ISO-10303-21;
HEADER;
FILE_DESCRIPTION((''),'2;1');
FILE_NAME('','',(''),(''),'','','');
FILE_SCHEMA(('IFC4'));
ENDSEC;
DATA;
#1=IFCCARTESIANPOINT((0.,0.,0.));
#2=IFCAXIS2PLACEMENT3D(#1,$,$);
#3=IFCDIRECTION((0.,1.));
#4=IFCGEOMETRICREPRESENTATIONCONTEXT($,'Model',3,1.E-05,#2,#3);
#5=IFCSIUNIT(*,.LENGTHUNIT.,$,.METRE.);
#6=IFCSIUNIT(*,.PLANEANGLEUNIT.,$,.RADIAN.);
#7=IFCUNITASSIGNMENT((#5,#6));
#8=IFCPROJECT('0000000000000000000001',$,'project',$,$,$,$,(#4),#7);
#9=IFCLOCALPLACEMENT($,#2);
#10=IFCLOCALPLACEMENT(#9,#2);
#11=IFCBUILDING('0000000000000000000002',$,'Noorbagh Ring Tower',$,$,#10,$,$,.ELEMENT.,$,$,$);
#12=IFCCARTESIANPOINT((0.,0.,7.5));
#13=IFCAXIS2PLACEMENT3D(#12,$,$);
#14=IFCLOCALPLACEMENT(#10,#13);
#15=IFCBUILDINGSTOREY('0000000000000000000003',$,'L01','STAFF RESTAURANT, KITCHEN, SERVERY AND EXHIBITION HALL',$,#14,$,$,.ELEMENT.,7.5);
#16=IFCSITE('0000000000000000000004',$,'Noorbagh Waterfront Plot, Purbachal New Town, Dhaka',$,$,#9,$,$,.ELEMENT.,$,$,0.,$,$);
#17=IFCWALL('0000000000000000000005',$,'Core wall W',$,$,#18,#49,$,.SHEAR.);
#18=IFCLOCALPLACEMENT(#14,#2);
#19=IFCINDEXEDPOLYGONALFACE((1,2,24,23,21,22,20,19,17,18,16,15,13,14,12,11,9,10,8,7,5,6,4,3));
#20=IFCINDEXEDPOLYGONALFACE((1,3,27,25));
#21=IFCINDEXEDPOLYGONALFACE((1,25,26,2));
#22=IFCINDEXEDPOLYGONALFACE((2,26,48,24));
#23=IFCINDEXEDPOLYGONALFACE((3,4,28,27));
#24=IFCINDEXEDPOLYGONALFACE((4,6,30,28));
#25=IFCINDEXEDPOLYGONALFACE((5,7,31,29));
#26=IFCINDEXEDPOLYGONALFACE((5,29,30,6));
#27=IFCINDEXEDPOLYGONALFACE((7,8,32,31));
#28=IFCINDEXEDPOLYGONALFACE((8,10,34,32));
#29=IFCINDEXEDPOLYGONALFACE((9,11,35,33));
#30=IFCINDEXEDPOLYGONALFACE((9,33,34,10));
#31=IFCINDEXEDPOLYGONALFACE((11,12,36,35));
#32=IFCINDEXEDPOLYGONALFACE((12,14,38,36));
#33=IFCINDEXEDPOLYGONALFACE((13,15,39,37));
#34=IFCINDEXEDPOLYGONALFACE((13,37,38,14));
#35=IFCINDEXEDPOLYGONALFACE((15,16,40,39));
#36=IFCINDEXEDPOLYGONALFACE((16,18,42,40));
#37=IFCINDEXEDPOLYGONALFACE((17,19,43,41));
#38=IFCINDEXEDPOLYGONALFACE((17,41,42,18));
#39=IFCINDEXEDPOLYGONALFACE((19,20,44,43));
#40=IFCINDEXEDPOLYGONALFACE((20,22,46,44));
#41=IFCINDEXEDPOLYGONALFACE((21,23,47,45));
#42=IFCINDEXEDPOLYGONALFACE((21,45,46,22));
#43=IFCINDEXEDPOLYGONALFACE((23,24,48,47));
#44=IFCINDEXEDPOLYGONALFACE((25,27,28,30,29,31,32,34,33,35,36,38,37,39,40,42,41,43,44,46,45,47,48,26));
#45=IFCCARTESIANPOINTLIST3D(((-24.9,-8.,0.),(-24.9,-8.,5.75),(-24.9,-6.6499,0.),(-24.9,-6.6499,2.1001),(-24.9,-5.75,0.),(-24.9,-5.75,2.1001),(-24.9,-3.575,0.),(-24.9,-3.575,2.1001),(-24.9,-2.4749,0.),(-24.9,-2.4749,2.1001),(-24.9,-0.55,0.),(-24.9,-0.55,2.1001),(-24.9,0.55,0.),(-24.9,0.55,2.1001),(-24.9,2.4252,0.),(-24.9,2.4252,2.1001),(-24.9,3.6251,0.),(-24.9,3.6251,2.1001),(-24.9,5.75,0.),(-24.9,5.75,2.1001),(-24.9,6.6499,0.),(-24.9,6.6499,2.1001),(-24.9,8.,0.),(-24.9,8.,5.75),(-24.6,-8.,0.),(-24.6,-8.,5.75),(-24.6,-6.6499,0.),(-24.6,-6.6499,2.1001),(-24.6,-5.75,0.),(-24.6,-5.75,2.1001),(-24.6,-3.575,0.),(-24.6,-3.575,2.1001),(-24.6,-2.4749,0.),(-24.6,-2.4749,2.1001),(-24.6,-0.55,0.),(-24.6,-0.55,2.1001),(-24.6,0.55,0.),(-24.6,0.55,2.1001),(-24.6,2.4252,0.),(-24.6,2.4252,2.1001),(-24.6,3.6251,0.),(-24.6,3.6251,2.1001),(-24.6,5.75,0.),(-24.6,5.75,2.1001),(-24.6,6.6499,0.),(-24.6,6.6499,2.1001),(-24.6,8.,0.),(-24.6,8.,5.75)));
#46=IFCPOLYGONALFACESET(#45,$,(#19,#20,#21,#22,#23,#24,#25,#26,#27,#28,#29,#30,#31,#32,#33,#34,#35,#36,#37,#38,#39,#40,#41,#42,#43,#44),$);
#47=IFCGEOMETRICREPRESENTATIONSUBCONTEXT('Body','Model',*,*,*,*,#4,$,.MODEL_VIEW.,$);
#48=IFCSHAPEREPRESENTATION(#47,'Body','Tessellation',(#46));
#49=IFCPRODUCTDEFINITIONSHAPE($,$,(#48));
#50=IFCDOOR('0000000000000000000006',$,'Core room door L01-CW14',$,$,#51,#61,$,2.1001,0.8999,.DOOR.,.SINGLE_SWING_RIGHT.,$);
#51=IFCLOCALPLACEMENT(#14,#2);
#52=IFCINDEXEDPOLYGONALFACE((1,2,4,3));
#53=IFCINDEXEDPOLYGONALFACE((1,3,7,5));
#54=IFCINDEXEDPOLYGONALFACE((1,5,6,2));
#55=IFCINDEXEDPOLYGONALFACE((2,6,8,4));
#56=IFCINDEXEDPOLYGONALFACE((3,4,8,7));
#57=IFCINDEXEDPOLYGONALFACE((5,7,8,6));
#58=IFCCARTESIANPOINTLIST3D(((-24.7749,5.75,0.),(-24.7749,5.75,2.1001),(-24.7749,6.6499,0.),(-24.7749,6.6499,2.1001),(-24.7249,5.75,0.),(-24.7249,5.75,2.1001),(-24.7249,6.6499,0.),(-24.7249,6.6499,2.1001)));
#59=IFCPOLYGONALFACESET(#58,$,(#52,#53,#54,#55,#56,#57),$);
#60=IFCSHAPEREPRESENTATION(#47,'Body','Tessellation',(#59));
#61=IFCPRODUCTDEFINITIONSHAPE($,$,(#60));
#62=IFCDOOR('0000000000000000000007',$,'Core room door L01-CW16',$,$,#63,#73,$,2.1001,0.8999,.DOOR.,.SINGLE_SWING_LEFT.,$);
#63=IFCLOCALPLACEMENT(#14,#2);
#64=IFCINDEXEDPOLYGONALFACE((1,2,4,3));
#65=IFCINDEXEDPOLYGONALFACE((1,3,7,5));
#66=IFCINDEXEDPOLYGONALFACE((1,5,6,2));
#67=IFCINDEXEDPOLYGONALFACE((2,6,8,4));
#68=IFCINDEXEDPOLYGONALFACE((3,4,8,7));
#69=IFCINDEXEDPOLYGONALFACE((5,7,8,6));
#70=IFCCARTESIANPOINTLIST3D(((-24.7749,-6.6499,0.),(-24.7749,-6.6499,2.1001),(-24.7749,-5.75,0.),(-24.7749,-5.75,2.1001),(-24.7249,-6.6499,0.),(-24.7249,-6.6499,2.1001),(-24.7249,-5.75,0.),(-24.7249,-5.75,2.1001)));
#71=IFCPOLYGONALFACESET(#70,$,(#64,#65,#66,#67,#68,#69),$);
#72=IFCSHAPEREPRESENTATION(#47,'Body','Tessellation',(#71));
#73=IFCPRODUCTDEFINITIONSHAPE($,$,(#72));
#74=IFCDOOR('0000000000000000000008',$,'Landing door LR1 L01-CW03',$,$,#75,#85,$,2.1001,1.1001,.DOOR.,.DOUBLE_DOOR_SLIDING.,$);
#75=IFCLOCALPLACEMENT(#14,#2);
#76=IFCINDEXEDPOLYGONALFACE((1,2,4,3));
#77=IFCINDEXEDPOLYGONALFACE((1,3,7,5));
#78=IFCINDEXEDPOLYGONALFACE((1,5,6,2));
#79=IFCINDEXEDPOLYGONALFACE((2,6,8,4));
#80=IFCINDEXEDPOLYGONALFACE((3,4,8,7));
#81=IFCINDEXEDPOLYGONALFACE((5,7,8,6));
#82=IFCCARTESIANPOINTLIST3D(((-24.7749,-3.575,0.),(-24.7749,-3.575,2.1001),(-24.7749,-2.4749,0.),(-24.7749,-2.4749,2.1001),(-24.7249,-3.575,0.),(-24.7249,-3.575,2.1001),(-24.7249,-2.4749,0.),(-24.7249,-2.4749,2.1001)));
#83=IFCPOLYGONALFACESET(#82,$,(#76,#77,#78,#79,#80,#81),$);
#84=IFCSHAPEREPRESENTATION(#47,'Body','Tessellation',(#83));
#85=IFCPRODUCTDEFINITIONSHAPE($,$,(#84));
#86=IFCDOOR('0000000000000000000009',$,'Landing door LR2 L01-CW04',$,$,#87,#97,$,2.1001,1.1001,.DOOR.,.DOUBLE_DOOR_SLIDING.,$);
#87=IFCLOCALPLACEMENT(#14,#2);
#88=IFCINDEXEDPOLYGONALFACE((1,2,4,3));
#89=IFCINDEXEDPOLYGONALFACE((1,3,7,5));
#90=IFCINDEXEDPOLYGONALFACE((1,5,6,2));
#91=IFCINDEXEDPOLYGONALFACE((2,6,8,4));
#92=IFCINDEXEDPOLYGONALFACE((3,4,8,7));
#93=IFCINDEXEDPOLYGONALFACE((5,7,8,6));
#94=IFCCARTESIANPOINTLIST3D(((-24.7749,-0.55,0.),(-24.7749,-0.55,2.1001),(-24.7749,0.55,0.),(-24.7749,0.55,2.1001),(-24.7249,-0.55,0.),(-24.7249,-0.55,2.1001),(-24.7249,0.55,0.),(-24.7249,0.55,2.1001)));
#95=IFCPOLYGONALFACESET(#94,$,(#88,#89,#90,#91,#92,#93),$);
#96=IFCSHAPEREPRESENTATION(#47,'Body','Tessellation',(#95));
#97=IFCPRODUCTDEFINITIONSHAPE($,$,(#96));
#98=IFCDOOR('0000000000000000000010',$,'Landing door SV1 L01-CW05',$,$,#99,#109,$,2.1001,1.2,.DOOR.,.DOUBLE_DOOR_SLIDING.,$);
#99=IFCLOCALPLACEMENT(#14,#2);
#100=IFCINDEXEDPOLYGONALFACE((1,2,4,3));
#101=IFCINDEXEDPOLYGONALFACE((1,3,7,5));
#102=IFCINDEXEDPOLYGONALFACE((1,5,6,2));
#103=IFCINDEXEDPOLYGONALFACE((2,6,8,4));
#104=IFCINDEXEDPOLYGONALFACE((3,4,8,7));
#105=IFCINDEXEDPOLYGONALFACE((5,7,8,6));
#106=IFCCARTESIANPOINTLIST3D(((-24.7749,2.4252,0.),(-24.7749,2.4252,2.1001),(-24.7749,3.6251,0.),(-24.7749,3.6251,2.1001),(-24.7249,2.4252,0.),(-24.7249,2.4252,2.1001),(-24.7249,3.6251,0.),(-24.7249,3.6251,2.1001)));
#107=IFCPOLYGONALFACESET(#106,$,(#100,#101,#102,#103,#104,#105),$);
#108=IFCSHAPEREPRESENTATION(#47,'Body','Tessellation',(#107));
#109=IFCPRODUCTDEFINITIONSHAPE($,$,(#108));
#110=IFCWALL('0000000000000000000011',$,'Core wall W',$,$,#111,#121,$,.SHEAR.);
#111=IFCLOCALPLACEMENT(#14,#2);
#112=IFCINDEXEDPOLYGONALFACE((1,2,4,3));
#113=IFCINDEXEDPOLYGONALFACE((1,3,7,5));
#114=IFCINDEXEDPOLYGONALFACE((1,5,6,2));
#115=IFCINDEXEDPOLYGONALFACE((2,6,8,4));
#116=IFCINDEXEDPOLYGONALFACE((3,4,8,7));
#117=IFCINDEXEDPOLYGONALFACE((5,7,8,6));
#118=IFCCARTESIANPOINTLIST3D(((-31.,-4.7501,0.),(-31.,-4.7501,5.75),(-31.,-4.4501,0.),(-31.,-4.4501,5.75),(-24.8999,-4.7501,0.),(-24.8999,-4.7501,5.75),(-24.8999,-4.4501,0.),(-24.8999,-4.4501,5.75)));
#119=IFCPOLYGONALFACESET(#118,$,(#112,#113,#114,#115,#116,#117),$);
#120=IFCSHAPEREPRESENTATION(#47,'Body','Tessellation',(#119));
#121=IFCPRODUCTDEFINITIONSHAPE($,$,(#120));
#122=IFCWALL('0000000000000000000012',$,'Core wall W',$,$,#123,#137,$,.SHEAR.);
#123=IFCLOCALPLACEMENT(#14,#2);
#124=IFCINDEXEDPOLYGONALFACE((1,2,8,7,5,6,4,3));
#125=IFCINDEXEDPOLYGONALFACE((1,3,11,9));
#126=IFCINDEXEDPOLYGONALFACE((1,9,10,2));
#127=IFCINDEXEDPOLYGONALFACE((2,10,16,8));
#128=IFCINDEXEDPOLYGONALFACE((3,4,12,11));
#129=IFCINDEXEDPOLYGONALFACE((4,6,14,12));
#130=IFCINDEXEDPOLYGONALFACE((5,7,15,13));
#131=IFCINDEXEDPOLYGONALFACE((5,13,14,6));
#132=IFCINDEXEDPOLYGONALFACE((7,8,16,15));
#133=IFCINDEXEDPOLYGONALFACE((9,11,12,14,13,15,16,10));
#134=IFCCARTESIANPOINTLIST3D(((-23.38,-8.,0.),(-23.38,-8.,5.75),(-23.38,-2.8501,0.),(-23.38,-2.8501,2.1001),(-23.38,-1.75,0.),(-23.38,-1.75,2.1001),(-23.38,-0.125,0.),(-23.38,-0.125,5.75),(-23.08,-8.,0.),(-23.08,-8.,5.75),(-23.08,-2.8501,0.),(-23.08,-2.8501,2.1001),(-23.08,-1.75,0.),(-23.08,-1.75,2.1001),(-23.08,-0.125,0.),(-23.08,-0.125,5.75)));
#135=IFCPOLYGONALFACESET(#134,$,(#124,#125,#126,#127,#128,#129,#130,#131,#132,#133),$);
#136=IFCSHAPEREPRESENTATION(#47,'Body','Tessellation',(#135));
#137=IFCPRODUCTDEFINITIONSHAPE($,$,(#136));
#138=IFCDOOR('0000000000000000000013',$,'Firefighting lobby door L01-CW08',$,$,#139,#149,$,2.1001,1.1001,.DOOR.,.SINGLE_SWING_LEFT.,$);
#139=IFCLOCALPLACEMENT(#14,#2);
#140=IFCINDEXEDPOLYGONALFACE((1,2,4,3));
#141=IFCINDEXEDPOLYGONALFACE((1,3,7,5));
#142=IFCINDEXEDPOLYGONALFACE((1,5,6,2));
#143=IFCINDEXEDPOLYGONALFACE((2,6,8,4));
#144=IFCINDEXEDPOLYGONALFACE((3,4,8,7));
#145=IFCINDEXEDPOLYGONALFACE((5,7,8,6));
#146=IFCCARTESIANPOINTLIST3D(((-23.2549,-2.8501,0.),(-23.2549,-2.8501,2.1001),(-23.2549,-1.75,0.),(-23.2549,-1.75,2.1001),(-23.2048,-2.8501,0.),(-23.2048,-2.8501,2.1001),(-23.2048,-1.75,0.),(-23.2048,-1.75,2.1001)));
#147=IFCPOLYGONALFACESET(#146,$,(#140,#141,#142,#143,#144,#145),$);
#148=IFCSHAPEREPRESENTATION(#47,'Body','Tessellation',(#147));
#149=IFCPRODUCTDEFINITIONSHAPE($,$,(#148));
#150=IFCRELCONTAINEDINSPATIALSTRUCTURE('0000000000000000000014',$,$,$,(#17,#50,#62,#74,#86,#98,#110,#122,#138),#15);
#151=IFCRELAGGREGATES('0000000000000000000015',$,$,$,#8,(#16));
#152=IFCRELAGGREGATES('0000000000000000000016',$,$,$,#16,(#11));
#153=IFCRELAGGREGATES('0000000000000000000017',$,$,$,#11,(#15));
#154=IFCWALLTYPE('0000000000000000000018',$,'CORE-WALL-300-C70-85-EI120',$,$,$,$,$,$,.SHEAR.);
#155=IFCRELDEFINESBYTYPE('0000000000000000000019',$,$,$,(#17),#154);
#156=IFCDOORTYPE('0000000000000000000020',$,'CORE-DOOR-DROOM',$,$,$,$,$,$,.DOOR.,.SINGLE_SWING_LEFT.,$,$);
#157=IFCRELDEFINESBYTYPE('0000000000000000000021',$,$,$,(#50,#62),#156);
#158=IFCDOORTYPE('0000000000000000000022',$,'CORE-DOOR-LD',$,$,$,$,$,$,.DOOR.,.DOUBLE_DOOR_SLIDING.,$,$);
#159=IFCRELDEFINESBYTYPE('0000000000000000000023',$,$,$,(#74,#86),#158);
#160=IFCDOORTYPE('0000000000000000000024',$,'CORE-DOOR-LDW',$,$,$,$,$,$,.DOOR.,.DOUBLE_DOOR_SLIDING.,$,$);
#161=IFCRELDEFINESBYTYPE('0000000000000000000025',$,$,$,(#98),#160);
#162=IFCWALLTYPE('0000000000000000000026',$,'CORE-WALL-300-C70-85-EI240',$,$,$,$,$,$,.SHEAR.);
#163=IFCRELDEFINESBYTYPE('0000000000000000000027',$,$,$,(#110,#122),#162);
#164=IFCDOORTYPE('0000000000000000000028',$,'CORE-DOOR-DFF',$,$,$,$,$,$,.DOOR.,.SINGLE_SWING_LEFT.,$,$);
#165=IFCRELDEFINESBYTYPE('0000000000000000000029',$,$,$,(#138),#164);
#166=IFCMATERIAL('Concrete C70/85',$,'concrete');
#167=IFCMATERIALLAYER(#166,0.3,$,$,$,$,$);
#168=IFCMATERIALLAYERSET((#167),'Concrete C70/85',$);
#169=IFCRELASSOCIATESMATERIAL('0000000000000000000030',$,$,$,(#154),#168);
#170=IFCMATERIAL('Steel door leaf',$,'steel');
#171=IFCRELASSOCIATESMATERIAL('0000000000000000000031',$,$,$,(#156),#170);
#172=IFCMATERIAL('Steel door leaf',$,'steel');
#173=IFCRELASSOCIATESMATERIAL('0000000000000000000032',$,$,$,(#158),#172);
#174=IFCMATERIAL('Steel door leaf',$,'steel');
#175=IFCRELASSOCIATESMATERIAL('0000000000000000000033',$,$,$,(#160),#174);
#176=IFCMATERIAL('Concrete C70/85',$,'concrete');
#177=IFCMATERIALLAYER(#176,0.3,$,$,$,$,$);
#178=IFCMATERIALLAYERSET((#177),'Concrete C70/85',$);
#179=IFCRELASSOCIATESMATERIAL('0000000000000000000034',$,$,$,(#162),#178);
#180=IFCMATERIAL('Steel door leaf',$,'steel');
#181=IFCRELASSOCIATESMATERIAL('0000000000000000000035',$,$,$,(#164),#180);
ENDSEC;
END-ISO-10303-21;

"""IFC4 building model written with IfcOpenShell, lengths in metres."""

from ifc_helpers import new_model, si_unit, direction, frame, frame_2d, origin, place, context, subcontext, project, spatial, rectangle, extrude, material, layer, layer_set, type_object, element, fill, save


model = new_model("IFC4")

# Units and contexts
model_context = context("Model", 3, precision=1e-05, world=origin(), true_north=direction((0.0, 1.0)))
body_context = subcontext(model_context, "Body", "Model", "MODEL_VIEW")
ifc_project = project(units=[si_unit("LENGTHUNIT", "METRE"), si_unit("PLANEANGLEUNIT", "RADIAN")], contexts=[model_context])

# Site, building, storey
site_placement = place(None, origin())
site = spatial("IfcSite", under=ifc_project, at=site_placement, Name="Noorbagh Waterfront Plot, Purbachal New Town, Dhaka", CompositionType="ELEMENT", RefElevation=0.0)
building_placement = place(site_placement, origin())
building = spatial("IfcBuilding", under=site, at=building_placement, Name="Noorbagh Ring Tower", CompositionType="ELEMENT")
storey_placement = place(building_placement, frame((0.0, 0.0, 7.5)))
storey = spatial("IfcBuildingStorey", under=building, at=storey_placement, Name="L01", Description="STAFF RESTAURANT, KITCHEN, SERVERY AND EXHIBITION HALL", CompositionType="ELEMENT", Elevation=7.5)

# Wall, openings, doors
ifc_material_1 = material(Name="Concrete C70/85", Category="concrete")
ifc_layer_1 = layer(ifc_material_1, 0.3)
ifc_layer_set_1 = layer_set([ifc_layer_1], Name="Concrete C70/85")
wall_type_1 = type_object("IfcWallType", Name="CORE-WALL-300-C70-85-EI120", PredefinedType="SHEAR", material=ifc_layer_set_1)
wall_1_placement = place(storey_placement, frame((-24.75, -8.0, 0.0), z_axis=(0.0, 0.0, 1.0), x_axis=(0.0, 1.0, 0.0)))
wall_1 = element("IfcWall", 1, at=wall_1_placement, inside=storey, type_object=wall_type_1, Name="Core wall W", PredefinedType="SHEAR", context=body_context, shape_type="SweptSolid", body=[
    extrude(rectangle(XDim=16.0, YDim=0.3, at=frame_2d((8.0, 0.0))), origin(), (0.0, 0.0, 1.0), 5.75),
])
opening_1_placement = place(wall_1_placement, frame((4.425, 0.0, 0.0)))
opening_1 = element("IfcOpeningElement", 2, at=opening_1_placement, cuts=wall_1, PredefinedType="OPENING", context=body_context, shape_type="SweptSolid", body=[
    extrude(rectangle(XDim=1.1001, YDim=2.1001, at=frame_2d((0.55, 1.05))), frame((0.0, 0.1602, 0.0), z_axis=(0.0, -1.0, 0.0), x_axis=(1.0, 0.0, 0.0)), (0.0, 0.0, 1.0), 0.3201),
])
opening_2_placement = place(wall_1_placement, frame((7.45, 0.0, 0.0)))
opening_2 = element("IfcOpeningElement", 3, at=opening_2_placement, cuts=wall_1, PredefinedType="OPENING", context=body_context, shape_type="SweptSolid", body=[
    extrude(rectangle(XDim=1.1001, YDim=2.1001, at=frame_2d((0.55, 1.05))), frame((0.0, 0.1602, 0.0), z_axis=(0.0, -1.0, 0.0), x_axis=(1.0, 0.0, 0.0)), (0.0, 0.0, 1.0), 0.3201),
])
opening_3_placement = place(wall_1_placement, frame((10.425, 0.0, 0.0)))
opening_3 = element("IfcOpeningElement", 4, at=opening_3_placement, cuts=wall_1, PredefinedType="OPENING", context=body_context, shape_type="SweptSolid", body=[
    extrude(rectangle(XDim=1.2, YDim=2.1001, at=frame_2d((0.6001, 1.05))), frame((0.0, 0.1602, 0.0), z_axis=(0.0, -1.0, 0.0), x_axis=(1.0, 0.0, 0.0)), (0.0, 0.0, 1.0), 0.3201),
])
opening_4_placement = place(wall_1_placement, frame((13.75, 0.0, 0.0)))
opening_4 = element("IfcOpeningElement", 5, at=opening_4_placement, cuts=wall_1, PredefinedType="OPENING", context=body_context, shape_type="SweptSolid", body=[
    extrude(rectangle(XDim=0.8999, YDim=2.1001, at=frame_2d((0.45, 1.05))), frame((0.0, 0.1602, 0.0), z_axis=(0.0, -1.0, 0.0), x_axis=(1.0, 0.0, 0.0)), (0.0, 0.0, 1.0), 0.3201),
])
opening_5_placement = place(wall_1_placement, frame((1.3501, 0.0, 0.0)))
opening_5 = element("IfcOpeningElement", 6, at=opening_5_placement, cuts=wall_1, PredefinedType="OPENING", context=body_context, shape_type="SweptSolid", body=[
    extrude(rectangle(XDim=0.8999, YDim=2.1001, at=frame_2d((0.45, 1.05))), frame((0.0, 0.1602, 0.0), z_axis=(0.0, -1.0, 0.0), x_axis=(1.0, 0.0, 0.0)), (0.0, 0.0, 1.0), 0.3201),
])
ifc_material_2 = material(Name="Steel door leaf", Category="steel")
door_type_1 = type_object("IfcDoorType", Name="CORE-DOOR-DROOM", OperationType="SINGLE_SWING_LEFT", PredefinedType="DOOR", material=ifc_material_2)
door_1_placement = place(opening_4_placement, origin())
door_1 = element("IfcDoor", 7, at=door_1_placement, inside=storey, type_object=door_type_1, Name="Core room door L01-CW14", OperationType="SINGLE_SWING_RIGHT", OverallHeight=2.1001, OverallWidth=0.8999, PredefinedType="DOOR", context=body_context, shape_type="SweptSolid", body=[
    extrude(rectangle(XDim=0.8999, YDim=2.1001, at=frame_2d((0.45, 1.05))), frame((0.0, 0.0249, 0.0), z_axis=(0.0, -1.0, 0.0), x_axis=(1.0, 0.0, 0.0)), (0.0, 0.0, 1.0), 0.05),
])
fill(opening_4, door_1)
door_2_placement = place(opening_5_placement, origin())
door_2 = element("IfcDoor", 8, at=door_2_placement, inside=storey, type_object=door_type_1, Name="Core room door L01-CW16", OperationType="SINGLE_SWING_LEFT", OverallHeight=2.1001, OverallWidth=0.8999, PredefinedType="DOOR", context=body_context, shape_type="SweptSolid", body=[
    extrude(rectangle(XDim=0.8999, YDim=2.1001, at=frame_2d((0.45, 1.05))), frame((0.0, 0.0249, 0.0), z_axis=(0.0, -1.0, 0.0), x_axis=(1.0, 0.0, 0.0)), (0.0, 0.0, 1.0), 0.05),
])
fill(opening_5, door_2)
ifc_material_3 = material(Name="Steel door leaf", Category="steel")
door_type_2 = type_object("IfcDoorType", Name="CORE-DOOR-LD", OperationType="DOUBLE_DOOR_SLIDING", PredefinedType="DOOR", material=ifc_material_3)
door_3_placement = place(opening_1_placement, origin())
door_3 = element("IfcDoor", 9, at=door_3_placement, inside=storey, type_object=door_type_2, Name="Landing door LR1 L01-CW03", OperationType="DOUBLE_DOOR_SLIDING", OverallHeight=2.1001, OverallWidth=1.1001, PredefinedType="DOOR", context=body_context, shape_type="SweptSolid", body=[
    extrude(rectangle(XDim=1.1001, YDim=2.1001, at=frame_2d((0.55, 1.05))), frame((0.0, 0.0249, 0.0), z_axis=(0.0, -1.0, 0.0), x_axis=(1.0, 0.0, 0.0)), (0.0, 0.0, 1.0), 0.05),
])
fill(opening_1, door_3)
door_4_placement = place(opening_2_placement, origin())
door_4 = element("IfcDoor", 10, at=door_4_placement, inside=storey, type_object=door_type_2, Name="Landing door LR2 L01-CW04", OperationType="DOUBLE_DOOR_SLIDING", OverallHeight=2.1001, OverallWidth=1.1001, PredefinedType="DOOR", context=body_context, shape_type="SweptSolid", body=[
    extrude(rectangle(XDim=1.1001, YDim=2.1001, at=frame_2d((0.55, 1.05))), frame((0.0, 0.0249, 0.0), z_axis=(0.0, -1.0, 0.0), x_axis=(1.0, 0.0, 0.0)), (0.0, 0.0, 1.0), 0.05),
])
fill(opening_2, door_4)
ifc_material_4 = material(Name="Steel door leaf", Category="steel")
door_type_3 = type_object("IfcDoorType", Name="CORE-DOOR-LDW", OperationType="DOUBLE_DOOR_SLIDING", PredefinedType="DOOR", material=ifc_material_4)
door_5_placement = place(opening_3_placement, origin())
door_5 = element("IfcDoor", 11, at=door_5_placement, inside=storey, type_object=door_type_3, Name="Landing door SV1 L01-CW05", OperationType="DOUBLE_DOOR_SLIDING", OverallHeight=2.1001, OverallWidth=1.2, PredefinedType="DOOR", context=body_context, shape_type="SweptSolid", body=[
    extrude(rectangle(XDim=1.2, YDim=2.1001, at=frame_2d((0.6001, 1.05))), frame((0.0, 0.0249, 0.0), z_axis=(0.0, -1.0, 0.0), x_axis=(1.0, 0.0, 0.0)), (0.0, 0.0, 1.0), 0.05),
])
fill(opening_3, door_5)

# Wall
ifc_material_5 = material(Name="Concrete C70/85", Category="concrete")
ifc_layer_2 = layer(ifc_material_5, 0.3)
ifc_layer_set_2 = layer_set([ifc_layer_2], Name="Concrete C70/85")
wall_type_2 = type_object("IfcWallType", Name="CORE-WALL-300-C70-85-EI240", PredefinedType="SHEAR", material=ifc_layer_set_2)
wall_2_placement = place(storey_placement, frame((-24.8999, -4.6001, 0.0), z_axis=(0.0, 0.0, 1.0), x_axis=(-1.0, 0.0, 0.0)))
element("IfcWall", 12, at=wall_2_placement, inside=storey, type_object=wall_type_2, Name="Core wall W", PredefinedType="SHEAR", context=body_context, shape_type="SweptSolid", body=[
    extrude(rectangle(XDim=6.1001, YDim=0.3, at=frame_2d((3.05, 0.0))), origin(), (0.0, 0.0, 1.0), 5.75),
])

# Wall, opening, door
wall_3_placement = place(storey_placement, frame((-23.23, -8.0, 0.0), z_axis=(0.0, 0.0, 1.0), x_axis=(0.0, 1.0, 0.0)))
wall_3 = element("IfcWall", 13, at=wall_3_placement, inside=storey, type_object=wall_type_2, Name="Core wall W", PredefinedType="SHEAR", context=body_context, shape_type="SweptSolid", body=[
    extrude(rectangle(XDim=7.875, YDim=0.3, at=frame_2d((3.9375, 0.0))), origin(), (0.0, 0.0, 1.0), 5.75),
])
opening_6_placement = place(wall_3_placement, frame((5.1499, 0.0, 0.0)))
opening_6 = element("IfcOpeningElement", 14, at=opening_6_placement, cuts=wall_3, PredefinedType="OPENING", context=body_context, shape_type="SweptSolid", body=[
    extrude(rectangle(XDim=1.1001, YDim=2.1001, at=frame_2d((0.55, 1.05))), frame((0.0, 0.1602, 0.0), z_axis=(0.0, -1.0, 0.0), x_axis=(1.0, 0.0, 0.0)), (0.0, 0.0, 1.0), 0.3201),
])
ifc_material_6 = material(Name="Steel door leaf", Category="steel")
door_type_4 = type_object("IfcDoorType", Name="CORE-DOOR-DFF", OperationType="SINGLE_SWING_LEFT", PredefinedType="DOOR", material=ifc_material_6)
door_6_placement = place(opening_6_placement, origin())
door_6 = element("IfcDoor", 15, at=door_6_placement, inside=storey, type_object=door_type_4, Name="Firefighting lobby door L01-CW08", OperationType="SINGLE_SWING_LEFT", OverallHeight=2.1001, OverallWidth=1.1001, PredefinedType="DOOR", context=body_context, shape_type="SweptSolid", body=[
    extrude(rectangle(XDim=1.1001, YDim=2.1001, at=frame_2d((0.55, 1.05))), frame((0.0, 0.0249, 0.0), z_axis=(0.0, -1.0, 0.0), x_axis=(1.0, 0.0, 0.0)), (0.0, 0.0, 1.0), 0.05),
])
fill(opening_6, door_6)

save(model, "model.ifc")
